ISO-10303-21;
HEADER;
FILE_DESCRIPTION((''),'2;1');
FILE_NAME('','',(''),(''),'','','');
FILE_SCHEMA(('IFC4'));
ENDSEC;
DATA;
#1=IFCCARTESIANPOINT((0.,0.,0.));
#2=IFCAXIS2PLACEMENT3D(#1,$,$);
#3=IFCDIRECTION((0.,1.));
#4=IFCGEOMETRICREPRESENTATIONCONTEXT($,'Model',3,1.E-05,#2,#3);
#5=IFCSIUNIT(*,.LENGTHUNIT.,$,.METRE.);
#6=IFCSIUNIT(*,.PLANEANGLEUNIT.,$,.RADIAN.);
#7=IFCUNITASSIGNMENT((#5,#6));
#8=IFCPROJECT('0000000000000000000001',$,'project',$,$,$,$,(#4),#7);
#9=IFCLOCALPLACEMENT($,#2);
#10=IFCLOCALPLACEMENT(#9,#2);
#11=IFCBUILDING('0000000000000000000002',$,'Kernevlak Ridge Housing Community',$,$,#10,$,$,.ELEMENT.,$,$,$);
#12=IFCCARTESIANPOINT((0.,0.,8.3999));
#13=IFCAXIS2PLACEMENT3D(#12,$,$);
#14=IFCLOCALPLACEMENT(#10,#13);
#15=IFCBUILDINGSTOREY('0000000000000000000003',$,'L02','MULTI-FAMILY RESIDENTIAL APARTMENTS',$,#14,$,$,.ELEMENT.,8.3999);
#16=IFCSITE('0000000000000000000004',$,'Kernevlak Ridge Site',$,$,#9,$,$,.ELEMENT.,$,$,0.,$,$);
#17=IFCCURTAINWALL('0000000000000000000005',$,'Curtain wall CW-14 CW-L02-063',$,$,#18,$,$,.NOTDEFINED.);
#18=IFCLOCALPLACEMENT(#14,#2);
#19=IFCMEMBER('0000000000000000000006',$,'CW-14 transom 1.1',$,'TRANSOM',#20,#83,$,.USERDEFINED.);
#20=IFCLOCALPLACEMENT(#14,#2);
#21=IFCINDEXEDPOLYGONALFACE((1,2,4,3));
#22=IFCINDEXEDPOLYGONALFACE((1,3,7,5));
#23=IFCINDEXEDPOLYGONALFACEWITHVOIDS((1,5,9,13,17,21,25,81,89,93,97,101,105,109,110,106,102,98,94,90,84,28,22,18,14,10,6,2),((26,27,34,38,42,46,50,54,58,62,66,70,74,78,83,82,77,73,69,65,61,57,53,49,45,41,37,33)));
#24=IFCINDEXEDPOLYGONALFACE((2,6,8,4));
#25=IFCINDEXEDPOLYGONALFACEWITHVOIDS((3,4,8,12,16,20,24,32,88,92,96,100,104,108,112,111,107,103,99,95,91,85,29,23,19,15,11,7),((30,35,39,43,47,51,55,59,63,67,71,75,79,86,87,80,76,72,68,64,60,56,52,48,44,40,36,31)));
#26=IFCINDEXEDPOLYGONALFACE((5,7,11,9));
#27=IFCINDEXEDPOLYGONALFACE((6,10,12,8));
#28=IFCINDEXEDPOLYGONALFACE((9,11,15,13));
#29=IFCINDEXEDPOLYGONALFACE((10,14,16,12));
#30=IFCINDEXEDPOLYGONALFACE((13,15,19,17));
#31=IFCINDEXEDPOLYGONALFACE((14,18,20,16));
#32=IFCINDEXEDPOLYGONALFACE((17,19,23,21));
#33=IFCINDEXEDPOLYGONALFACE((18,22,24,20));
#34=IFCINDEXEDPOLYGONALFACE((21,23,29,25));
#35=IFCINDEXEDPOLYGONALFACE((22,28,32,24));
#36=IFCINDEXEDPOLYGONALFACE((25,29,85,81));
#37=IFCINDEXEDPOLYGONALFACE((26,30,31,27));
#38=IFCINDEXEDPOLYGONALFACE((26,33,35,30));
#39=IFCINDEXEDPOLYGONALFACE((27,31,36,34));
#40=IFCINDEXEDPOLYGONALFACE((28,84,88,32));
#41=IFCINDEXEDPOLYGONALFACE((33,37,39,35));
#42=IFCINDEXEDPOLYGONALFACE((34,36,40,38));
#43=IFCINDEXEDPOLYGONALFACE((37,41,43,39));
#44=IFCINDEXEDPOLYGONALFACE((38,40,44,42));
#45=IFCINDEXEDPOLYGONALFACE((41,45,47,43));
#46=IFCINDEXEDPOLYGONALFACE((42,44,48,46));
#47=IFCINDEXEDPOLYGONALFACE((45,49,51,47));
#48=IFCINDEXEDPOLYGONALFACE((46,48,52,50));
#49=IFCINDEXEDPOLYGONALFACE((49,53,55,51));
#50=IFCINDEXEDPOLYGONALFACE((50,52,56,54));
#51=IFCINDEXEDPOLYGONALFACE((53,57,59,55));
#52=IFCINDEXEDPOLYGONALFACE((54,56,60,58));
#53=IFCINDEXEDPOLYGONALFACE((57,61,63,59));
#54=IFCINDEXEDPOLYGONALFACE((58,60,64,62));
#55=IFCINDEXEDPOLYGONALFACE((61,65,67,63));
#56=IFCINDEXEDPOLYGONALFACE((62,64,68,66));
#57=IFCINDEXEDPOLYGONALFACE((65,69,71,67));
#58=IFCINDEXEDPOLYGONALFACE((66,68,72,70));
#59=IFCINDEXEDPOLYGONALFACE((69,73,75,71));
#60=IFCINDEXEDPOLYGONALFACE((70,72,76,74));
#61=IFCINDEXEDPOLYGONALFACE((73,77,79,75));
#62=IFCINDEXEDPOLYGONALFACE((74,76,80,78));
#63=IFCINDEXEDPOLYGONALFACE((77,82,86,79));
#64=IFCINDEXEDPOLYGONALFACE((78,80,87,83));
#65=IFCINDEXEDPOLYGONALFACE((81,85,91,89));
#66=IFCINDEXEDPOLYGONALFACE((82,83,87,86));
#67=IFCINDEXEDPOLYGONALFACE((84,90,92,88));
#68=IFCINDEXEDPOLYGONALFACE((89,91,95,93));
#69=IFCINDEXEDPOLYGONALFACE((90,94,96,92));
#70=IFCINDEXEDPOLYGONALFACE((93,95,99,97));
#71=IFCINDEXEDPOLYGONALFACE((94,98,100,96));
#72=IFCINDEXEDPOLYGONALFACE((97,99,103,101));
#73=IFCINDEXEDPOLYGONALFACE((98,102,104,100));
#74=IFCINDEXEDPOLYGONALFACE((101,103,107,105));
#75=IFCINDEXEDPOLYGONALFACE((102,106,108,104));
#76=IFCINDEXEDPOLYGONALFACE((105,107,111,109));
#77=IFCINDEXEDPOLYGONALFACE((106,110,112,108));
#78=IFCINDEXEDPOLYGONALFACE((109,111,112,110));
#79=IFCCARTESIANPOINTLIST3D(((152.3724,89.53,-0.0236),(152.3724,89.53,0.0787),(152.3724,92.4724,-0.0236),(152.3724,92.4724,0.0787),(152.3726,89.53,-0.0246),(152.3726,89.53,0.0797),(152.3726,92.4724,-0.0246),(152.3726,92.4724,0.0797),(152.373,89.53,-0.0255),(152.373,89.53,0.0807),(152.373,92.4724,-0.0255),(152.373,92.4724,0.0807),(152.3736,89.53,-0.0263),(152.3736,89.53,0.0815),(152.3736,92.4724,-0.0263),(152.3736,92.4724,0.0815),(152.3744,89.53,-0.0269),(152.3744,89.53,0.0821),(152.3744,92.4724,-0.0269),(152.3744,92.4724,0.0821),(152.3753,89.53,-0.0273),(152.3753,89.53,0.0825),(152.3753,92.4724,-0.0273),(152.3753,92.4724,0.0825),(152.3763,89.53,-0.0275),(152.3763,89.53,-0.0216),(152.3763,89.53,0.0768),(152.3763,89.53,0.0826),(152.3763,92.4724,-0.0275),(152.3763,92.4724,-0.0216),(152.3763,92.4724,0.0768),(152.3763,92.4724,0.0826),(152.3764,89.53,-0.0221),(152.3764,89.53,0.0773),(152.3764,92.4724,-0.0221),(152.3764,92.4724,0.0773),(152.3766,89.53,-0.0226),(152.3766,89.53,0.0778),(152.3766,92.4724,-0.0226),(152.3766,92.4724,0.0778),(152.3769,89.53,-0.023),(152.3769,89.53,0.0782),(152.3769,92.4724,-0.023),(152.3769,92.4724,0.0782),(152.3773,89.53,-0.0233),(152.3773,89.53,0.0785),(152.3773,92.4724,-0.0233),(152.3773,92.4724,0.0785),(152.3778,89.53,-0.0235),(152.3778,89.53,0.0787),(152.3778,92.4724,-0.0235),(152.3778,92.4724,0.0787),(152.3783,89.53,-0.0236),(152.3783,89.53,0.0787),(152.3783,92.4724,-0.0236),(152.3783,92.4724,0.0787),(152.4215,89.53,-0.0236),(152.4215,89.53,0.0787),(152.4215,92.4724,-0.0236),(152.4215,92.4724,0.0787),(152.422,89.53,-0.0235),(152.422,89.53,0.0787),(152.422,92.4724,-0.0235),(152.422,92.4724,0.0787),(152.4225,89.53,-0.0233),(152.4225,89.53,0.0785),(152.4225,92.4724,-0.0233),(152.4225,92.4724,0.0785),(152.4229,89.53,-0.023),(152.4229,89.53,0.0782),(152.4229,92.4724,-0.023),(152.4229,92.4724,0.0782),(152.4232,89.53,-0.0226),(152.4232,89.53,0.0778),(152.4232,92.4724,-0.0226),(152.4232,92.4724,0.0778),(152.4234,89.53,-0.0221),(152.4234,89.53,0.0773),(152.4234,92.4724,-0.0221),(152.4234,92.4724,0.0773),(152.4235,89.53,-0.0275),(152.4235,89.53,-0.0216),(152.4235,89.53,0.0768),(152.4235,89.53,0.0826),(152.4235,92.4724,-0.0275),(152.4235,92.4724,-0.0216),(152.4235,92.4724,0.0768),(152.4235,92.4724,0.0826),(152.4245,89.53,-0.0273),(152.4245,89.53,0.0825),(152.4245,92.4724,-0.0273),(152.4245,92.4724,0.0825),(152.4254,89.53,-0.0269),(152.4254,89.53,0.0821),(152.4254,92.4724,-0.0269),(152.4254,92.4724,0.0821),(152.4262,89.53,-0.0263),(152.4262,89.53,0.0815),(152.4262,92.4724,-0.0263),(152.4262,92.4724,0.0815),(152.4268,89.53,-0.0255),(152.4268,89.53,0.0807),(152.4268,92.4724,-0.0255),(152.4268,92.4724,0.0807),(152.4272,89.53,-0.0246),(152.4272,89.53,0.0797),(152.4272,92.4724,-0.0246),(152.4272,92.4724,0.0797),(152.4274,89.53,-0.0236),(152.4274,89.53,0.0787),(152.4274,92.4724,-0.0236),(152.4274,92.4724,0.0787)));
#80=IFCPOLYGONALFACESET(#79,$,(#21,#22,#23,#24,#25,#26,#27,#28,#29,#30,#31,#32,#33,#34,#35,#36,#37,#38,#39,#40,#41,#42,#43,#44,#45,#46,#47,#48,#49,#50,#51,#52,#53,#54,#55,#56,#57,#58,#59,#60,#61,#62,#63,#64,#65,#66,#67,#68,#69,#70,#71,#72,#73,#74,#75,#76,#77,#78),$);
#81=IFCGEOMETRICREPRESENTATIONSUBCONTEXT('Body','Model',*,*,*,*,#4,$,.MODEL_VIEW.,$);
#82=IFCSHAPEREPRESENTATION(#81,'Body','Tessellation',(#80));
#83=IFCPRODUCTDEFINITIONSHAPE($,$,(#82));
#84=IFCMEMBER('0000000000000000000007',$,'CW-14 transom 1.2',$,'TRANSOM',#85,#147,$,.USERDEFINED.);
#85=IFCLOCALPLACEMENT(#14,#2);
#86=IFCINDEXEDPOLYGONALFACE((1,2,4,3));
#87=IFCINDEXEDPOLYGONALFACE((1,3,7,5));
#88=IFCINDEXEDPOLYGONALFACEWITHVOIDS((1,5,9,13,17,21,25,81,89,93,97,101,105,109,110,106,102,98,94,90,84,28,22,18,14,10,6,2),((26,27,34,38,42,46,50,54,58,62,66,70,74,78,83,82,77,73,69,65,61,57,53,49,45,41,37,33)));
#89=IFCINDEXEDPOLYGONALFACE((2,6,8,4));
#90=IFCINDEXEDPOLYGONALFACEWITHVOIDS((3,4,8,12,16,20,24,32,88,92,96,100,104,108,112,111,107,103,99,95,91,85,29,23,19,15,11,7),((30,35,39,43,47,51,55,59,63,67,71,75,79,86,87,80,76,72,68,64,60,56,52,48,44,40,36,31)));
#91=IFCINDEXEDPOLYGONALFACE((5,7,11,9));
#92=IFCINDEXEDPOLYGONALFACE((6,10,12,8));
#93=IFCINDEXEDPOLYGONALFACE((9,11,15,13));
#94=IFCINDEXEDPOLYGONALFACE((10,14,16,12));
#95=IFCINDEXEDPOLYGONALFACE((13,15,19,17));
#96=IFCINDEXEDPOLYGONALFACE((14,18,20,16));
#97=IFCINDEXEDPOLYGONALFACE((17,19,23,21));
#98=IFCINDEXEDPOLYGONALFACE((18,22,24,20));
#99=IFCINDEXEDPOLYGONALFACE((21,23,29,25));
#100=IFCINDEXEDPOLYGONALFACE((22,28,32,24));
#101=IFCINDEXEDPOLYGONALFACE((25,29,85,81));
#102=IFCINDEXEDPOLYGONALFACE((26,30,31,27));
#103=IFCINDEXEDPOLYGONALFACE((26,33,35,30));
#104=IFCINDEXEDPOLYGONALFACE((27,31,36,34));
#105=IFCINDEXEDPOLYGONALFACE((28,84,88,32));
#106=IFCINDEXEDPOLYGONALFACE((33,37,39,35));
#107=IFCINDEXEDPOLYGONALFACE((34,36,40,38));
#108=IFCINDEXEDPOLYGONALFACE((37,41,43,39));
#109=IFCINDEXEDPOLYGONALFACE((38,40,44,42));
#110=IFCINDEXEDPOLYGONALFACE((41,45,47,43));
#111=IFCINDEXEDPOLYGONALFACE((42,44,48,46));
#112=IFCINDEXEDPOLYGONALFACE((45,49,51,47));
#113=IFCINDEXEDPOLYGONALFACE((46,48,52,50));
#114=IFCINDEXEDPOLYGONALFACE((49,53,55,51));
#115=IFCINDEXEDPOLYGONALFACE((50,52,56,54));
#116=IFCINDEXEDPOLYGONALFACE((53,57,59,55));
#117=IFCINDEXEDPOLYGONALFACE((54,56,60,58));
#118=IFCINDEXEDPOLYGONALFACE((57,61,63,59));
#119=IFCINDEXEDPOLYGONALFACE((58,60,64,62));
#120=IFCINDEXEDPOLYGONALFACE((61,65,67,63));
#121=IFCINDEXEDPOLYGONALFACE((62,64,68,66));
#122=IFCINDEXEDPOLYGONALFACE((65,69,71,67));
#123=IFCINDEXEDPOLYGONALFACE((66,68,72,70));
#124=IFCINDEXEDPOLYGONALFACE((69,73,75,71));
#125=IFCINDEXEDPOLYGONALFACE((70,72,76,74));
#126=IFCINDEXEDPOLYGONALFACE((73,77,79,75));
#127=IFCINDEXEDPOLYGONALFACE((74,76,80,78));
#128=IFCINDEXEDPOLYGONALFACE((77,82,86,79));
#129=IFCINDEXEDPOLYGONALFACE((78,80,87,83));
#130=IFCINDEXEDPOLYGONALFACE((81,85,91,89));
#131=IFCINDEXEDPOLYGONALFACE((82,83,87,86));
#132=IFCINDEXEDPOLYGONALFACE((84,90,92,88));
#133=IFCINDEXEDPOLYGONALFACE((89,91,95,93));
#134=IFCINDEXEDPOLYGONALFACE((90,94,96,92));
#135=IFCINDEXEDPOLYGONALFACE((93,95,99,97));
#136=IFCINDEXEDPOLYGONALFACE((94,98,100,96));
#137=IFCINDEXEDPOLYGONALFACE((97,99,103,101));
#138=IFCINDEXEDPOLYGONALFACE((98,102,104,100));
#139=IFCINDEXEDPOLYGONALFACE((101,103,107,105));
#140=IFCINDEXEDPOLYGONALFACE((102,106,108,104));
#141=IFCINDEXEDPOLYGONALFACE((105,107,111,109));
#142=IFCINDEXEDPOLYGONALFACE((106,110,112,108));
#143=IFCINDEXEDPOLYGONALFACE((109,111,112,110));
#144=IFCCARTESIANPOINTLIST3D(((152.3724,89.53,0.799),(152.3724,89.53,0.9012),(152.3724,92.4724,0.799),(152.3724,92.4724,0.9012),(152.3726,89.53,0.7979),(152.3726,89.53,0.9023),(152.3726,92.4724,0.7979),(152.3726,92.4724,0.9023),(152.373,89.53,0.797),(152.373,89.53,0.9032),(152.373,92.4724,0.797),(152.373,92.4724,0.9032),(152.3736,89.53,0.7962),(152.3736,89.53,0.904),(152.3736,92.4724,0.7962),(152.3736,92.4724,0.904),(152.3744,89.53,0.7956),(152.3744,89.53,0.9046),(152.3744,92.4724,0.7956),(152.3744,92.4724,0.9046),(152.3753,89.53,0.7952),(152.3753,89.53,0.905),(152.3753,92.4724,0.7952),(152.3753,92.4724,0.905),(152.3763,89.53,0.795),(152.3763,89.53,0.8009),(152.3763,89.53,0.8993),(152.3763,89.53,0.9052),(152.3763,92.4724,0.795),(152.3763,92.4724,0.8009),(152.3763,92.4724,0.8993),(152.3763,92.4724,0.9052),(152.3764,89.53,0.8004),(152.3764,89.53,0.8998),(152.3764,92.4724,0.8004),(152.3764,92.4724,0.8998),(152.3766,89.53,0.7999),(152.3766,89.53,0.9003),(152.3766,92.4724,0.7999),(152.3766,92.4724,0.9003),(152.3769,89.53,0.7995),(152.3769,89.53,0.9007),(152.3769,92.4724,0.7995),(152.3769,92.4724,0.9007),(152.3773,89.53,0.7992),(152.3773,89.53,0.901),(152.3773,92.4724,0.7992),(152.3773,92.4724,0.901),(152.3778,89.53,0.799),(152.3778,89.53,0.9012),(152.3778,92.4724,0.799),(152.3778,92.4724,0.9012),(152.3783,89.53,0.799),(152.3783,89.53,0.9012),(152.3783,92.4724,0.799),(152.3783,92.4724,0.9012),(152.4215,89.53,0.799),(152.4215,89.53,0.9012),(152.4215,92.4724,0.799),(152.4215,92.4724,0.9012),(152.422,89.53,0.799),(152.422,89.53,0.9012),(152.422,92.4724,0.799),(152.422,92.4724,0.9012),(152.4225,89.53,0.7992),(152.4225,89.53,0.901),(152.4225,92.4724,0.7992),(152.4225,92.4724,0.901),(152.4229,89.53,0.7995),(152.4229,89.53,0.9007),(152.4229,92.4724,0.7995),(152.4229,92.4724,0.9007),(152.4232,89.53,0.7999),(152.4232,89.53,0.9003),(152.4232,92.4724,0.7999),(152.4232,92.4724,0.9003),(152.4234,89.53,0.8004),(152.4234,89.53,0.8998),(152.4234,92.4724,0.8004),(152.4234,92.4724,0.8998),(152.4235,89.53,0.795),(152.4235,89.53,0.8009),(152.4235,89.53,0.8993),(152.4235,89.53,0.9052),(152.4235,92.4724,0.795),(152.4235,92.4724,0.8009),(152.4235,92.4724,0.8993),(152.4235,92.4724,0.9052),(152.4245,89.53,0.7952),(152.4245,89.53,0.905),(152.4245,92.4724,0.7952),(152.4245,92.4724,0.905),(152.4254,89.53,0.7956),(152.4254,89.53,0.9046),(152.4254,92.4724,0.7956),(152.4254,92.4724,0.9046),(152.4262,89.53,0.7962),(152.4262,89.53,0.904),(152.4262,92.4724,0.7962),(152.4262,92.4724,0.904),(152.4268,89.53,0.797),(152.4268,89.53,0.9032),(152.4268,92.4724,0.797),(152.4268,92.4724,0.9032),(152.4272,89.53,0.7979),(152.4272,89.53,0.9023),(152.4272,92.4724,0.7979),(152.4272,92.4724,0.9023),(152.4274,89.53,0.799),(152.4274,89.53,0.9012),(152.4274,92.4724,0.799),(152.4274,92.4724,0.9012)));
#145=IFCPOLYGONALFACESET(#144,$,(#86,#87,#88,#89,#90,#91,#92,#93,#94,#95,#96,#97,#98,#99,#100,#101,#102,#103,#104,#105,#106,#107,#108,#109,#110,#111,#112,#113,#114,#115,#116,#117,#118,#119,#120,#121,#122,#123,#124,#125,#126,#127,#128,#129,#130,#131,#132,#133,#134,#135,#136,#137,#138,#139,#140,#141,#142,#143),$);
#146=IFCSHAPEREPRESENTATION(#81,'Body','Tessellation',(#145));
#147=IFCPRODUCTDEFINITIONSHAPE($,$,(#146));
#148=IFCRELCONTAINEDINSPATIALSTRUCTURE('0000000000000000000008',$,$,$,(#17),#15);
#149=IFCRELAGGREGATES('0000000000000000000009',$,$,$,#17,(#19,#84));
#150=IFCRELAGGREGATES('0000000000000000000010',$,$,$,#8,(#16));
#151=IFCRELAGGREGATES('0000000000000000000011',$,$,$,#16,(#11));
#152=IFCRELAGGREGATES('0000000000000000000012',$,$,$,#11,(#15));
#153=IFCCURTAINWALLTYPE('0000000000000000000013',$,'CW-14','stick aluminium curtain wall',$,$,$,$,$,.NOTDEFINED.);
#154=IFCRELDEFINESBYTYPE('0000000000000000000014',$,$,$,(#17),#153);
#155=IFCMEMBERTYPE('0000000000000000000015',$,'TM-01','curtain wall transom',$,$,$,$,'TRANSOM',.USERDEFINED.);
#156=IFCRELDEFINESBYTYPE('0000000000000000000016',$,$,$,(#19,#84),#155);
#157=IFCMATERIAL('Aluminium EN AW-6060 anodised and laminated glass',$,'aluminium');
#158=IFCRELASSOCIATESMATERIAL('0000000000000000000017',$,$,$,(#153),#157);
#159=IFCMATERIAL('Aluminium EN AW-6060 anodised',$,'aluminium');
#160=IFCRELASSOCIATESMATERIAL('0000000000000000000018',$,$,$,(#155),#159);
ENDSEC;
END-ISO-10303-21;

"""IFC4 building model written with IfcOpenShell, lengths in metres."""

from ifc_helpers import new_model, si_unit, direction, frame, origin, origin_2d, place, context, subcontext, project, spatial, hollow_rectangle, extrude, material, material_profile, profile_set, type_object, element, aggregate, save


model = new_model("IFC4")

# Units and contexts
model_context = context("Model", 3, precision=1e-05, world=origin(), true_north=direction((0.0, 1.0)))
body_context = subcontext(model_context, "Body", "Model", "MODEL_VIEW")
ifc_project = project(units=[si_unit("LENGTHUNIT", "METRE"), si_unit("PLANEANGLEUNIT", "RADIAN")], contexts=[model_context])

# Site, building, storey
site_placement = place(None, origin())
site = spatial("IfcSite", under=ifc_project, at=site_placement, Name="Kernevlak Ridge Site", CompositionType="ELEMENT", RefElevation=0.0)
building_placement = place(site_placement, origin())
building = spatial("IfcBuilding", under=site, at=building_placement, Name="Kernevlak Ridge Housing Community", CompositionType="ELEMENT")
storey_placement = place(building_placement, frame((0.0, 0.0, 8.3999)))
storey = spatial("IfcBuildingStorey", under=building, at=storey_placement, Name="L02", Description="MULTI-FAMILY RESIDENTIAL APARTMENTS", CompositionType="ELEMENT", Elevation=8.3999)

# Curtain wall
ifc_material_1 = material(Name="Aluminium EN AW-6060 anodised and laminated glass", Category="aluminium")
curtain_wall_type = type_object("IfcCurtainWallType", Name="CW-14", Description="stick aluminium curtain wall", PredefinedType="NOTDEFINED", material=ifc_material_1)
curtain_wall_placement = place(storey_placement, origin())
curtain_wall = element("IfcCurtainWall", 1, at=curtain_wall_placement, inside=storey, type_object=curtain_wall_type, Name="Curtain wall CW-14 CW-L02-063", PredefinedType="NOTDEFINED")
ifc_material_2 = material(Name="Aluminium EN AW-6060 anodised", Category="aluminium")

# Members
ifc_material_profile_1 = material_profile(ifc_material_2, hollow_rectangle(XDim=0.0549, YDim=0.1101, WallThickness=0.0039, InnerFilletRadius=0.002, OuterFilletRadius=0.0039, at=origin_2d()), Name="ALU 55x110x4")
ifc_profile_set_1 = profile_set([ifc_material_profile_1], Name="Aluminium EN AW-6060 anodised")
member_type_1 = type_object("IfcMemberType", Name="TM-01", Description="curtain wall transom", ElementType="TRANSOM", PredefinedType="USERDEFINED", material=ifc_profile_set_1)
member_1_placement = place(storey_placement, frame((152.3999, 89.53, 0.0276), z_axis=(0.0, 1.0, 0.0), x_axis=(-1.0, 0.0, 0.0)))
member_1 = element("IfcMember", 2, at=member_1_placement, type_object=member_type_1, Name="CW-14 transom 1.1", ObjectType="TRANSOM", PredefinedType="USERDEFINED", context=body_context, shape_type="SweptSolid", body=[
    extrude(hollow_rectangle(XDim=0.0549, YDim=0.1101, WallThickness=0.0039, InnerFilletRadius=0.002, OuterFilletRadius=0.0039, at=origin_2d()), origin(), (0.0, 0.0, 1.0), 2.9424),
])
member_2_placement = place(storey_placement, frame((152.3999, 89.53, 0.8501), z_axis=(0.0, 1.0, 0.0), x_axis=(-1.0, 0.0, 0.0)))
member_2 = element("IfcMember", 3, at=member_2_placement, type_object=member_type_1, Name="CW-14 transom 1.2", ObjectType="TRANSOM", PredefinedType="USERDEFINED", context=body_context, shape_type="SweptSolid", body=[
    extrude(hollow_rectangle(XDim=0.0549, YDim=0.1101, WallThickness=0.0039, InnerFilletRadius=0.002, OuterFilletRadius=0.0039, at=origin_2d()), origin(), (0.0, 0.0, 1.0), 2.9424),
])

aggregate(curtain_wall, [member_1, member_2])

save(model, "model.ifc")
